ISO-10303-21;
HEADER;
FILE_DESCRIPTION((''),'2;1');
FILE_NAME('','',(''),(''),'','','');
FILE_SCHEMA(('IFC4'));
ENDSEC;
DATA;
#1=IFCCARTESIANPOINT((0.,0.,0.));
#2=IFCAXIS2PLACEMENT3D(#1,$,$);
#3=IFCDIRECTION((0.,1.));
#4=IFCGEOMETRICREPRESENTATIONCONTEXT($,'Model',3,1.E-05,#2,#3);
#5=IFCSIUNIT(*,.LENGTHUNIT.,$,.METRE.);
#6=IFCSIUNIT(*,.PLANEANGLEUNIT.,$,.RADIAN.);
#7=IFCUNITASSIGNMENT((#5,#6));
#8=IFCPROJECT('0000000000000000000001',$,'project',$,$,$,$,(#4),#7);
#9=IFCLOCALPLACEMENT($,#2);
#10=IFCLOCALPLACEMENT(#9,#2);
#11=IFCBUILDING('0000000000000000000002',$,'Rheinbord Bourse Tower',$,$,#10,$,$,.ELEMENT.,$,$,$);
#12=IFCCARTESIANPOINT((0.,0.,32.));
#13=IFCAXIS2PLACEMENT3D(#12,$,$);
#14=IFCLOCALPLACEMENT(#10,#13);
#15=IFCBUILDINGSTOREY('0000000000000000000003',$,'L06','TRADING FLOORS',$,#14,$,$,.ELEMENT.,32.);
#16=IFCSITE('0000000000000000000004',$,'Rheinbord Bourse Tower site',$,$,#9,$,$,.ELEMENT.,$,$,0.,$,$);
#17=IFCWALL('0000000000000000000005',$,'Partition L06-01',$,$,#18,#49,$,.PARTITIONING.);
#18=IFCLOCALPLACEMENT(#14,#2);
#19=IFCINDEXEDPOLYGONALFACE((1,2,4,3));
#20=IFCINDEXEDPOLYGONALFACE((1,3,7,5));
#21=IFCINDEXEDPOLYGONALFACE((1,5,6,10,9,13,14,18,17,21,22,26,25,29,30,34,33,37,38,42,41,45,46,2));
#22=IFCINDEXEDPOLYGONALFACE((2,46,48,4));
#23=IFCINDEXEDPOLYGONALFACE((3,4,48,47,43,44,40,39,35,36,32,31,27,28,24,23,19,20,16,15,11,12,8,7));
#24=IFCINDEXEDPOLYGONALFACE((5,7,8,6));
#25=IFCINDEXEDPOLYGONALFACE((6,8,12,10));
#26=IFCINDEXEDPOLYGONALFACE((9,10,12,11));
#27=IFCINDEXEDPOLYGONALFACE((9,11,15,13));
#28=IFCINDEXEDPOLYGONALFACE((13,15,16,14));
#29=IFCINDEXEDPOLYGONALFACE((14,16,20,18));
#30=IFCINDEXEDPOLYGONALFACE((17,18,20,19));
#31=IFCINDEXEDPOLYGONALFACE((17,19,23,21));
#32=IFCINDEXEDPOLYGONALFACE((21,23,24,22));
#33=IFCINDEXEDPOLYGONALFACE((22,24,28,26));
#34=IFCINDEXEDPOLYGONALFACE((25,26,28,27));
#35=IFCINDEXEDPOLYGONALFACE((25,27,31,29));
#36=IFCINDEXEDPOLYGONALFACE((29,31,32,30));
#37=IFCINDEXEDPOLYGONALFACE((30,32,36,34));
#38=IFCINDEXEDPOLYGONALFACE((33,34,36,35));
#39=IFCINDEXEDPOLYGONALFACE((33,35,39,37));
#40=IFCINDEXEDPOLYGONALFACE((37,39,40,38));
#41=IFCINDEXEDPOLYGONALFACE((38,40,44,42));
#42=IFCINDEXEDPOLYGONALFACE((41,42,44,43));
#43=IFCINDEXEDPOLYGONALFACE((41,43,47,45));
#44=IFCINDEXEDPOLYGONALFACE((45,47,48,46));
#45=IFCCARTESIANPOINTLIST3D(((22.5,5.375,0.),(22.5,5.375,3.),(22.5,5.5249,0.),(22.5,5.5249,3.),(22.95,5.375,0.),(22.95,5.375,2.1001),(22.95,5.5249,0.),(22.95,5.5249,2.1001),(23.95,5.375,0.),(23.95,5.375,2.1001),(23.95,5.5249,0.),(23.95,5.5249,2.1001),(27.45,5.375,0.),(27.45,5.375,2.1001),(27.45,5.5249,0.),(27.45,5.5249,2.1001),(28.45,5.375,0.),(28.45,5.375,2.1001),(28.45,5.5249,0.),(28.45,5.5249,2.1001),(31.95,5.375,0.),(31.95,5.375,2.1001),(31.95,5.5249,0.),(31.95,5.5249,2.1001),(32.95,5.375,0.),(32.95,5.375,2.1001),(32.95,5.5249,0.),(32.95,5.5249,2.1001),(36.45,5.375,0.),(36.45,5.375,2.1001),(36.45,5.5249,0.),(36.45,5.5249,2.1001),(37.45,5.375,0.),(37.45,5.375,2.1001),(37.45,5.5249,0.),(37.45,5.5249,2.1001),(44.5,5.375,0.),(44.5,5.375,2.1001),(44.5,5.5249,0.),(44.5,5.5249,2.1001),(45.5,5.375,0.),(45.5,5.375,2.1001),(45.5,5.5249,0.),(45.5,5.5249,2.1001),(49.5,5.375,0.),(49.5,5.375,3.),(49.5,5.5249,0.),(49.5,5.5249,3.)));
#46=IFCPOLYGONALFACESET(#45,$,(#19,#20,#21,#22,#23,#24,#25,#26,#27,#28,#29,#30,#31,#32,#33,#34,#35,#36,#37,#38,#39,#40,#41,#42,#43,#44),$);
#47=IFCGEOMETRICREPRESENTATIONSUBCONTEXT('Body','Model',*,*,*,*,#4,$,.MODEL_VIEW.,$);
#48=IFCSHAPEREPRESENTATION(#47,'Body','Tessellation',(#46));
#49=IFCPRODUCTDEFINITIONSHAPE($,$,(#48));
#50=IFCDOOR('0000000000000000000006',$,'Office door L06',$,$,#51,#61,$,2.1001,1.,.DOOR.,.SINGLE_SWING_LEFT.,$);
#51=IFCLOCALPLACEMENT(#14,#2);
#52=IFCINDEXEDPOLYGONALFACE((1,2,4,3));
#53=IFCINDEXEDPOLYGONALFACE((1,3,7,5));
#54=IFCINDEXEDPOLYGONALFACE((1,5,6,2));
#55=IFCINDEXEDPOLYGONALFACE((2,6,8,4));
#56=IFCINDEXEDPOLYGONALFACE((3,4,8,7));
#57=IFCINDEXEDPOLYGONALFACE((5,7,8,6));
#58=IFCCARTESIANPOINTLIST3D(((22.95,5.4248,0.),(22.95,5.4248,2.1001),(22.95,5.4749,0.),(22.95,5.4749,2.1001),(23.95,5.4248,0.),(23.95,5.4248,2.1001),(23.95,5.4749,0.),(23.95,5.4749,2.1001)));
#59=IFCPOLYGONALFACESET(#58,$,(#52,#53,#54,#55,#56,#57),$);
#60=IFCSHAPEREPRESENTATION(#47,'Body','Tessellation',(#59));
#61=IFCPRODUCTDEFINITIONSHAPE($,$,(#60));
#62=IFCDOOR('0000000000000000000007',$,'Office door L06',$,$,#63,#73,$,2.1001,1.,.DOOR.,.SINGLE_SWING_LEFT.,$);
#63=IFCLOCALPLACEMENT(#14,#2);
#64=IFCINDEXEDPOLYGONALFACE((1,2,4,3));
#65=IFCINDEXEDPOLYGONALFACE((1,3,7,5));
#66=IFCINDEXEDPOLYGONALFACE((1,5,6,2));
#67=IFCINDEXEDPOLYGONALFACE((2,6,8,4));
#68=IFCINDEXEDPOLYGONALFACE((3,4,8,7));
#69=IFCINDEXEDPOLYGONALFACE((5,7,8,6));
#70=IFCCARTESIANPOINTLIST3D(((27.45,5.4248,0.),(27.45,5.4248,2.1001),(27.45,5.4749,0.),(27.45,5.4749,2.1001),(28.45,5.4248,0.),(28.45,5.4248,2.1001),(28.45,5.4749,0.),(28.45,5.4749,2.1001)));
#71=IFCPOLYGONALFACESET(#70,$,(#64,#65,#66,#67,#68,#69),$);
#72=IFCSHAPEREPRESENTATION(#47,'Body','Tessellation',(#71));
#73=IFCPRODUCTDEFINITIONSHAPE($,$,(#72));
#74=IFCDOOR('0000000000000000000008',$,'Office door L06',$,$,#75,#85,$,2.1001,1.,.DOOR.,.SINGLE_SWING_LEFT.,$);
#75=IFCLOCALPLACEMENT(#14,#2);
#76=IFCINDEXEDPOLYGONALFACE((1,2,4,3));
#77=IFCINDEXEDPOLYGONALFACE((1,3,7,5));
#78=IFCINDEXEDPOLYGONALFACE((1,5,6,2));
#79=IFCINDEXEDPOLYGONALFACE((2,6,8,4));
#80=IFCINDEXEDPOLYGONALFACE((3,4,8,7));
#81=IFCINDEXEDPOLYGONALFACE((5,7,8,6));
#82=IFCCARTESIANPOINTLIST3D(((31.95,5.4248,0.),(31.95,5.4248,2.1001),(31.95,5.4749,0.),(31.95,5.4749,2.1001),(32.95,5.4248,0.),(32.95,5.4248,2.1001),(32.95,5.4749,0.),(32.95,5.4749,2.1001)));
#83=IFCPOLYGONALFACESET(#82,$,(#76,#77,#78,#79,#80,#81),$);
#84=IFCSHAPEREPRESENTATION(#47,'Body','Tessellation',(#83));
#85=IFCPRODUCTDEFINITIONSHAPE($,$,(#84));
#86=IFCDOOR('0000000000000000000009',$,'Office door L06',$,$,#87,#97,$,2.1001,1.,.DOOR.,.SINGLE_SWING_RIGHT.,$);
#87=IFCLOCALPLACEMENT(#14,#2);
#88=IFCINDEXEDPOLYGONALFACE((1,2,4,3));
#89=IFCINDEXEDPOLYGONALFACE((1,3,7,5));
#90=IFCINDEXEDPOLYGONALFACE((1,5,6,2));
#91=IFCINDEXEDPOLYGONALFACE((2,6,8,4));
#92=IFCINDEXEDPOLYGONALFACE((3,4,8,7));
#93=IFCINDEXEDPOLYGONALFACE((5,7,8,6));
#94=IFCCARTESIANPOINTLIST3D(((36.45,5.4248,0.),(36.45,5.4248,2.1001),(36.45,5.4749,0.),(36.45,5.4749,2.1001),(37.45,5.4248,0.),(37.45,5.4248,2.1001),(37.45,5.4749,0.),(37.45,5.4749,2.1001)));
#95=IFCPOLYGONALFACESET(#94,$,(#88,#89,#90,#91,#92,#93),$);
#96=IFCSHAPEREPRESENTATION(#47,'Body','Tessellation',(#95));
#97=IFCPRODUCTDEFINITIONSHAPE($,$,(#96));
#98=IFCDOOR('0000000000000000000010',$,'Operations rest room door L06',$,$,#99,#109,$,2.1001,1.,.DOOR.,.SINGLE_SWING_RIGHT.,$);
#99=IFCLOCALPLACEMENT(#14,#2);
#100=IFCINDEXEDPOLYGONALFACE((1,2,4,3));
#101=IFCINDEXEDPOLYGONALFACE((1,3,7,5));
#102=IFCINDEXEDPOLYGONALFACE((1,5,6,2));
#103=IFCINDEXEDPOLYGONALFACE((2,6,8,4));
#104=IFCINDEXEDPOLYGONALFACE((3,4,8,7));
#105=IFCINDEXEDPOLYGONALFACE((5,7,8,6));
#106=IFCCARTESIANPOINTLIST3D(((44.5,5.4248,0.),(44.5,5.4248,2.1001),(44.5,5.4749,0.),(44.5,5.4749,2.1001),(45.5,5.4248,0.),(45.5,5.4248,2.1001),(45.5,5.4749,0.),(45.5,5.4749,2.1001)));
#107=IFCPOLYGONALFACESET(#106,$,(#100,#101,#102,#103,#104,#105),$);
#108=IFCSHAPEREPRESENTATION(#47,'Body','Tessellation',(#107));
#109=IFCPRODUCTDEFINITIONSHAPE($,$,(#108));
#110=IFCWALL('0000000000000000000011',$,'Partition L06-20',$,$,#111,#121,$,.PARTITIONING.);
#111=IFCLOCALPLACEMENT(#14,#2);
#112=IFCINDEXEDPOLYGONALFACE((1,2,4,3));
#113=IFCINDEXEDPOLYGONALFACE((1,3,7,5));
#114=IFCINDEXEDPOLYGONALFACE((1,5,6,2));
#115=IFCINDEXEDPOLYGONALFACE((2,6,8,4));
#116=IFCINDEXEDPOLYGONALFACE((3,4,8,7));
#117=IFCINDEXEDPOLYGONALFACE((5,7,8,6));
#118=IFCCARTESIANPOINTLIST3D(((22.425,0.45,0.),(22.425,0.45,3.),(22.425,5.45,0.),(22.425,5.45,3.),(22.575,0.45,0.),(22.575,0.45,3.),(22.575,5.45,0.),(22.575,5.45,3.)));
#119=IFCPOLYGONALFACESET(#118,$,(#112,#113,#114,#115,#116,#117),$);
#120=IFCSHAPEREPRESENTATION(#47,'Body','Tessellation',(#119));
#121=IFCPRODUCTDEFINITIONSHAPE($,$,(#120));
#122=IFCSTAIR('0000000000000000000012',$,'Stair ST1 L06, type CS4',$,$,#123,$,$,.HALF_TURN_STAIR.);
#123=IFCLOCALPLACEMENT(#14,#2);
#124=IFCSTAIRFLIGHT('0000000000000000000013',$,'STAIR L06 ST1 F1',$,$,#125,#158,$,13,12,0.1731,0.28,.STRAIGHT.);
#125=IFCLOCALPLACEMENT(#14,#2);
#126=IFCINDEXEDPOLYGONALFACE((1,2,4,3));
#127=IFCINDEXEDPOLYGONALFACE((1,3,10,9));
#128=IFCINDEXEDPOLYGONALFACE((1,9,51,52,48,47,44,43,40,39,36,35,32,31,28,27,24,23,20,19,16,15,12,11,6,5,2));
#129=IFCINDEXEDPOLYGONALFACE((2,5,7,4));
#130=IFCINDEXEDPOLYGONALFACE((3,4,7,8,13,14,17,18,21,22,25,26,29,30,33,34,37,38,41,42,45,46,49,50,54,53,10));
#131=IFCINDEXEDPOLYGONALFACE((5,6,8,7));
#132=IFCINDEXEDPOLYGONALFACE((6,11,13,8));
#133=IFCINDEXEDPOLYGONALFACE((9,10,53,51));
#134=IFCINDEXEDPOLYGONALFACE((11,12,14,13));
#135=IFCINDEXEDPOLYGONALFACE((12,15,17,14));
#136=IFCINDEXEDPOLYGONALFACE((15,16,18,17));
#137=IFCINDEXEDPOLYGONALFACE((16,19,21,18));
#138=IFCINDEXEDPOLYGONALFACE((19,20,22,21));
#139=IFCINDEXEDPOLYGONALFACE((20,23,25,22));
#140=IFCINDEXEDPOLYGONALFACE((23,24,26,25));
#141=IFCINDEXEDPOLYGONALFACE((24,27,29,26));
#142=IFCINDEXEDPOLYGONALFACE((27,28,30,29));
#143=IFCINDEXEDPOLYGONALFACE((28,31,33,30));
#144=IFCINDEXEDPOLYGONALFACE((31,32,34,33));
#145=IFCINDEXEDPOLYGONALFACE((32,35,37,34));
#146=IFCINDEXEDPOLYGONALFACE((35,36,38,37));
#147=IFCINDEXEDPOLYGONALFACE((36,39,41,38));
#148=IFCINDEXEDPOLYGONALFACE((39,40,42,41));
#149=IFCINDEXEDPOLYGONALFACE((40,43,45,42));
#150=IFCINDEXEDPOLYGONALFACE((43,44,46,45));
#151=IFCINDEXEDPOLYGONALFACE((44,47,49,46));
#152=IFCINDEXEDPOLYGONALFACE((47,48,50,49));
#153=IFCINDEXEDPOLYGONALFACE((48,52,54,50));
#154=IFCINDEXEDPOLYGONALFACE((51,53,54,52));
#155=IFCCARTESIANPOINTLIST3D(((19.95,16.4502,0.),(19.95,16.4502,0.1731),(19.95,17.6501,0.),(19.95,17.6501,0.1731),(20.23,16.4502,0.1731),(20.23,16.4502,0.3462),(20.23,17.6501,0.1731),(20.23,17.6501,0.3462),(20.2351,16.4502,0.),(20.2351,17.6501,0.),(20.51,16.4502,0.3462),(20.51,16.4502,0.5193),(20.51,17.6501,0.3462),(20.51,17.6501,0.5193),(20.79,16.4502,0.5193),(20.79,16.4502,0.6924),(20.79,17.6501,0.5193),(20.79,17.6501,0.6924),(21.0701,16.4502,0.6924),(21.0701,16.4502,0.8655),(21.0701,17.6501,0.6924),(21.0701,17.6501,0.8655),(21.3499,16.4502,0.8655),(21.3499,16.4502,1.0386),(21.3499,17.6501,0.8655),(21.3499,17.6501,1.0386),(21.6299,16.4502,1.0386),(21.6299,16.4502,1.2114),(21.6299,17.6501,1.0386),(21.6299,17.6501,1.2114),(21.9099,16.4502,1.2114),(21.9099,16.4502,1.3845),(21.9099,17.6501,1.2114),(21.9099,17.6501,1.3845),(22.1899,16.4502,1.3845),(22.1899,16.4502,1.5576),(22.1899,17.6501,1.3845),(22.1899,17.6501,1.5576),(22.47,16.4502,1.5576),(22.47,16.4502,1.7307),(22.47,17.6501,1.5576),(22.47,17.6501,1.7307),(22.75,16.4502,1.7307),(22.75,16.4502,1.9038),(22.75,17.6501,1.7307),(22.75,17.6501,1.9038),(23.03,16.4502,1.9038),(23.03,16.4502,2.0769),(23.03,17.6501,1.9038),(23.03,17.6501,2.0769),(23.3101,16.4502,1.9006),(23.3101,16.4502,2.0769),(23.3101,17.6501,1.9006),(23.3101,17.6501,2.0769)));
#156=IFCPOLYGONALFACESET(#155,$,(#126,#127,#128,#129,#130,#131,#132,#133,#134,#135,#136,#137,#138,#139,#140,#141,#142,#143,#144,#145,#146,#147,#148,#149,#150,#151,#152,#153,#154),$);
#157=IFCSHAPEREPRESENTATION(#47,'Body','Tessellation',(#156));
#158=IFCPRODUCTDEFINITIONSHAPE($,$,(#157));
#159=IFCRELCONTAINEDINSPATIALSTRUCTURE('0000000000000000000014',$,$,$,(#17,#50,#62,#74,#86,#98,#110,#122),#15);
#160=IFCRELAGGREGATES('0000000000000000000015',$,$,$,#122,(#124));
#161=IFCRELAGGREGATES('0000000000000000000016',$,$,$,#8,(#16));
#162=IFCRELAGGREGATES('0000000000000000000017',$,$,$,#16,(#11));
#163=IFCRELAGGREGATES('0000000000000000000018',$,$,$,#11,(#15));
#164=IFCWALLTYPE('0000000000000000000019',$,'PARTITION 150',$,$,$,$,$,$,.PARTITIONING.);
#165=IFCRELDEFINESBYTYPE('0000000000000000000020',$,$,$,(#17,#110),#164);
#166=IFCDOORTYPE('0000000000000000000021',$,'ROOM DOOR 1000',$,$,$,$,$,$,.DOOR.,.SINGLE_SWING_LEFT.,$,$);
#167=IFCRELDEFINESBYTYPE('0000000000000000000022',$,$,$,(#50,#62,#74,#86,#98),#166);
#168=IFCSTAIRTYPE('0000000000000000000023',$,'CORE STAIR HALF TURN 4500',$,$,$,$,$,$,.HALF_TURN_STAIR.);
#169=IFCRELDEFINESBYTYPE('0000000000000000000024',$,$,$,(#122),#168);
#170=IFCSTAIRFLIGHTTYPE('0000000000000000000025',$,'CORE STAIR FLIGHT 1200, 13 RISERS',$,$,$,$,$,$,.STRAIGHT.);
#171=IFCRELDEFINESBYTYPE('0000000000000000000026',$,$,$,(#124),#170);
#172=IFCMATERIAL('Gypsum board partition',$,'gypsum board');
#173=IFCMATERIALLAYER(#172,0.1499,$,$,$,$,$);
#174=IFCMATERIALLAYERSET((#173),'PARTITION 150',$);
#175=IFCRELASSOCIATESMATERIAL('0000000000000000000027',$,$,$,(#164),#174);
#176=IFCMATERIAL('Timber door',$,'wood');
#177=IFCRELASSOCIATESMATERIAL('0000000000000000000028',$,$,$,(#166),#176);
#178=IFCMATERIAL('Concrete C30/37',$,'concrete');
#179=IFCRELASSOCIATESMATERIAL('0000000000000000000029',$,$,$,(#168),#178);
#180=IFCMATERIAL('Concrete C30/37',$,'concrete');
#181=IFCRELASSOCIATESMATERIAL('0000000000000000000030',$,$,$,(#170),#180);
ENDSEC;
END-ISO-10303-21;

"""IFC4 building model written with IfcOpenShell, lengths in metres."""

from ifc_helpers import new_model, si_unit, direction, frame, frame_2d, origin, place, context, subcontext, project, spatial, polyline, rectangle, outline, extrude, material, layer, layer_set, type_object, element, fill, aggregate, save


model = new_model("IFC4")

# Units and contexts
model_context = context("Model", 3, precision=1e-05, world=origin(), true_north=direction((0.0, 1.0)))
body_context = subcontext(model_context, "Body", "Model", "MODEL_VIEW")
ifc_project = project(units=[si_unit("LENGTHUNIT", "METRE"), si_unit("PLANEANGLEUNIT", "RADIAN")], contexts=[model_context])

# Site, building, storey
site_placement = place(None, origin())
site = spatial("IfcSite", under=ifc_project, at=site_placement, Name="Rheinbord Bourse Tower site", CompositionType="ELEMENT", RefElevation=0.0)
building_placement = place(site_placement, origin())
building = spatial("IfcBuilding", under=site, at=building_placement, Name="Rheinbord Bourse Tower", CompositionType="ELEMENT")
storey_placement = place(building_placement, frame((0.0, 0.0, 32.0)))
storey = spatial("IfcBuildingStorey", under=building, at=storey_placement, Name="L06", Description="TRADING FLOORS", CompositionType="ELEMENT", Elevation=32.0)

# Wall, openings, doors
ifc_material_1 = material(Name="Gypsum board partition", Category="gypsum board")
ifc_layer_1 = layer(ifc_material_1, 0.1499)
ifc_layer_set_1 = layer_set([ifc_layer_1], Name="PARTITION 150")
wall_type_1 = type_object("IfcWallType", Name="PARTITION 150", PredefinedType="PARTITIONING", material=ifc_layer_set_1)
wall_1_placement = place(storey_placement, frame((22.5, 5.45, 0.0), z_axis=(0.0, 0.0, 1.0), x_axis=(1.0, 0.0, 0.0)))
wall_1 = element("IfcWall", 1, at=wall_1_placement, inside=storey, type_object=wall_type_1, Name="Partition L06-01", PredefinedType="PARTITIONING", context=body_context, shape_type="SweptSolid", body=[
    extrude(rectangle(XDim=27.0, YDim=0.1499, at=frame_2d((13.5, 0.0))), origin(), (0.0, 0.0, 1.0), 3.0),
])
opening_1_placement = place(wall_1_placement, frame((0.45, 0.0, 0.0)))
opening_1 = element("IfcOpeningElement", 2, at=opening_1_placement, cuts=wall_1, PredefinedType="OPENING", context=body_context, shape_type="SweptSolid", body=[
    extrude(rectangle(XDim=1.0, YDim=2.1001, at=frame_2d((0.5, 1.05))), frame((0.0, 0.085, 0.0), z_axis=(0.0, -1.0, 0.0), x_axis=(1.0, 0.0, 0.0)), (0.0, 0.0, 1.0), 0.1699),
])
opening_2_placement = place(wall_1_placement, frame((4.95, 0.0, 0.0)))
opening_2 = element("IfcOpeningElement", 3, at=opening_2_placement, cuts=wall_1, PredefinedType="OPENING", context=body_context, shape_type="SweptSolid", body=[
    extrude(rectangle(XDim=1.0, YDim=2.1001, at=frame_2d((0.5, 1.05))), frame((0.0, 0.085, 0.0), z_axis=(0.0, -1.0, 0.0), x_axis=(1.0, 0.0, 0.0)), (0.0, 0.0, 1.0), 0.1699),
])
opening_3_placement = place(wall_1_placement, frame((9.45, 0.0, 0.0)))
opening_3 = element("IfcOpeningElement", 4, at=opening_3_placement, cuts=wall_1, PredefinedType="OPENING", context=body_context, shape_type="SweptSolid", body=[
    extrude(rectangle(XDim=1.0, YDim=2.1001, at=frame_2d((0.5, 1.05))), frame((0.0, 0.085, 0.0), z_axis=(0.0, -1.0, 0.0), x_axis=(1.0, 0.0, 0.0)), (0.0, 0.0, 1.0), 0.1699),
])
opening_4_placement = place(wall_1_placement, frame((13.95, 0.0, 0.0)))
opening_4 = element("IfcOpeningElement", 5, at=opening_4_placement, cuts=wall_1, PredefinedType="OPENING", context=body_context, shape_type="SweptSolid", body=[
    extrude(rectangle(XDim=1.0, YDim=2.1001, at=frame_2d((0.5, 1.05))), frame((0.0, 0.085, 0.0), z_axis=(0.0, -1.0, 0.0), x_axis=(1.0, 0.0, 0.0)), (0.0, 0.0, 1.0), 0.1699),
])
opening_5_placement = place(wall_1_placement, frame((22.0, 0.0, 0.0)))
opening_5 = element("IfcOpeningElement", 6, at=opening_5_placement, cuts=wall_1, PredefinedType="OPENING", context=body_context, shape_type="SweptSolid", body=[
    extrude(rectangle(XDim=1.0, YDim=2.1001, at=frame_2d((0.5, 1.05))), frame((0.0, 0.085, 0.0), z_axis=(0.0, -1.0, 0.0), x_axis=(1.0, 0.0, 0.0)), (0.0, 0.0, 1.0), 0.1699),
])
ifc_material_2 = material(Name="Timber door", Category="wood")
door_type_1 = type_object("IfcDoorType", Name="ROOM DOOR 1000", OperationType="SINGLE_SWING_LEFT", PredefinedType="DOOR", material=ifc_material_2)
door_1_placement = place(opening_1_placement, origin())
door_1 = element("IfcDoor", 7, at=door_1_placement, inside=storey, type_object=door_type_1, Name="Office door L06", OperationType="SINGLE_SWING_LEFT", OverallHeight=2.1001, OverallWidth=1.0, PredefinedType="DOOR", context=body_context, shape_type="SweptSolid", body=[
    extrude(rectangle(XDim=1.0, YDim=2.1001, at=frame_2d((0.5, 1.05))), frame((0.0, 0.0249, 0.0), z_axis=(0.0, -1.0, 0.0), x_axis=(1.0, 0.0, 0.0)), (0.0, 0.0, 1.0), 0.05),
])
fill(opening_1, door_1)
door_2_placement = place(opening_2_placement, origin())
door_2 = element("IfcDoor", 8, at=door_2_placement, inside=storey, type_object=door_type_1, Name="Office door L06", OperationType="SINGLE_SWING_LEFT", OverallHeight=2.1001, OverallWidth=1.0, PredefinedType="DOOR", context=body_context, shape_type="SweptSolid", body=[
    extrude(rectangle(XDim=1.0, YDim=2.1001, at=frame_2d((0.5, 1.05))), frame((0.0, 0.0249, 0.0), z_axis=(0.0, -1.0, 0.0), x_axis=(1.0, 0.0, 0.0)), (0.0, 0.0, 1.0), 0.05),
])
fill(opening_2, door_2)
door_3_placement = place(opening_3_placement, origin())
door_3 = element("IfcDoor", 9, at=door_3_placement, inside=storey, type_object=door_type_1, Name="Office door L06", OperationType="SINGLE_SWING_LEFT", OverallHeight=2.1001, OverallWidth=1.0, PredefinedType="DOOR", context=body_context, shape_type="SweptSolid", body=[
    extrude(rectangle(XDim=1.0, YDim=2.1001, at=frame_2d((0.5, 1.05))), frame((0.0, 0.0249, 0.0), z_axis=(0.0, -1.0, 0.0), x_axis=(1.0, 0.0, 0.0)), (0.0, 0.0, 1.0), 0.05),
])
fill(opening_3, door_3)
door_4_placement = place(opening_4_placement, origin())
door_4 = element("IfcDoor", 10, at=door_4_placement, inside=storey, type_object=door_type_1, Name="Office door L06", OperationType="SINGLE_SWING_RIGHT", OverallHeight=2.1001, OverallWidth=1.0, PredefinedType="DOOR", context=body_context, shape_type="SweptSolid", body=[
    extrude(rectangle(XDim=1.0, YDim=2.1001, at=frame_2d((0.5, 1.05))), frame((0.0, 0.0249, 0.0), z_axis=(0.0, -1.0, 0.0), x_axis=(1.0, 0.0, 0.0)), (0.0, 0.0, 1.0), 0.05),
])
fill(opening_4, door_4)
door_5_placement = place(opening_5_placement, origin())
door_5 = element("IfcDoor", 11, at=door_5_placement, inside=storey, type_object=door_type_1, Name="Operations rest room door L06", OperationType="SINGLE_SWING_RIGHT", OverallHeight=2.1001, OverallWidth=1.0, PredefinedType="DOOR", context=body_context, shape_type="SweptSolid", body=[
    extrude(rectangle(XDim=1.0, YDim=2.1001, at=frame_2d((0.5, 1.05))), frame((0.0, 0.0249, 0.0), z_axis=(0.0, -1.0, 0.0), x_axis=(1.0, 0.0, 0.0)), (0.0, 0.0, 1.0), 0.05),
])
fill(opening_5, door_5)

# Wall
wall_2_placement = place(storey_placement, frame((22.5, 0.45, 0.0), z_axis=(0.0, 0.0, 1.0), x_axis=(0.0, 1.0, 0.0)))
element("IfcWall", 12, at=wall_2_placement, inside=storey, type_object=wall_type_1, Name="Partition L06-20", PredefinedType="PARTITIONING", context=body_context, shape_type="SweptSolid", body=[
    extrude(rectangle(XDim=5.0, YDim=0.1499, at=frame_2d((2.5, 0.0))), origin(), (0.0, 0.0, 1.0), 3.0),
])

# Stair, stair flight
ifc_material_3 = material(Name="Concrete C30/37", Category="concrete")
stair_type = type_object("IfcStairType", Name="CORE STAIR HALF TURN 4500", PredefinedType="HALF_TURN_STAIR", material=ifc_material_3)
stair_placement = place(storey_placement, origin())
stair = element("IfcStair", 13, at=stair_placement, inside=storey, type_object=stair_type, Name="Stair ST1 L06, type CS4", PredefinedType="HALF_TURN_STAIR")
ifc_material_4 = material(Name="Concrete C30/37", Category="concrete")
stair_flight_type = type_object("IfcStairFlightType", Name="CORE STAIR FLIGHT 1200, 13 RISERS", PredefinedType="STRAIGHT", material=ifc_material_4)
stair_flight_1_placement = place(storey_placement, frame((19.95, 17.05, 0.0), z_axis=(0.0, 0.0, 1.0), x_axis=(1.0, 0.0, 0.0)))
stair_flight_1 = element("IfcStairFlight", 14, at=stair_flight_1_placement, type_object=stair_flight_type, Name="STAIR L06 ST1 F1", NumberOfRisers=13, NumberOfTreads=12, PredefinedType="STRAIGHT", RiserHeight=0.1731, TreadLength=0.28, context=body_context, shape_type="SweptSolid", body=[
    extrude(outline(polyline([(0.0, 0.0), (0.0, 0.1731), (0.28, 0.1731), (0.28, 0.3462), (0.5601, 0.3462), (0.5601, 0.5193), (0.8401, 0.5193), (0.8401, 0.6924), (1.1201, 0.6924), (1.1201, 0.8655), (1.3999, 0.8655), (1.3999, 1.0386), (1.6799, 1.0386), (1.6799, 1.2114), (1.96, 1.2114), (1.96, 1.3845), (2.24, 1.3845), (2.24, 1.5576), (2.52, 1.5576), (2.52, 1.7307), (2.8, 1.7307), (2.8, 1.9038), (3.0801, 1.9038), (3.0801, 2.0769), (3.3601, 2.0769), (3.3601, 2.25), (3.3601, 1.9006), (0.2852, 0.0), (0.0, 0.0)])), frame((0.0, 0.6001, 0.0), z_axis=(0.0, -1.0, 0.0), x_axis=(1.0, 0.0, 0.0)), (0.0, 0.0, 1.0), 1.2),
])
aggregate(stair, [stair_flight_1])

save(model, "model.ifc")
